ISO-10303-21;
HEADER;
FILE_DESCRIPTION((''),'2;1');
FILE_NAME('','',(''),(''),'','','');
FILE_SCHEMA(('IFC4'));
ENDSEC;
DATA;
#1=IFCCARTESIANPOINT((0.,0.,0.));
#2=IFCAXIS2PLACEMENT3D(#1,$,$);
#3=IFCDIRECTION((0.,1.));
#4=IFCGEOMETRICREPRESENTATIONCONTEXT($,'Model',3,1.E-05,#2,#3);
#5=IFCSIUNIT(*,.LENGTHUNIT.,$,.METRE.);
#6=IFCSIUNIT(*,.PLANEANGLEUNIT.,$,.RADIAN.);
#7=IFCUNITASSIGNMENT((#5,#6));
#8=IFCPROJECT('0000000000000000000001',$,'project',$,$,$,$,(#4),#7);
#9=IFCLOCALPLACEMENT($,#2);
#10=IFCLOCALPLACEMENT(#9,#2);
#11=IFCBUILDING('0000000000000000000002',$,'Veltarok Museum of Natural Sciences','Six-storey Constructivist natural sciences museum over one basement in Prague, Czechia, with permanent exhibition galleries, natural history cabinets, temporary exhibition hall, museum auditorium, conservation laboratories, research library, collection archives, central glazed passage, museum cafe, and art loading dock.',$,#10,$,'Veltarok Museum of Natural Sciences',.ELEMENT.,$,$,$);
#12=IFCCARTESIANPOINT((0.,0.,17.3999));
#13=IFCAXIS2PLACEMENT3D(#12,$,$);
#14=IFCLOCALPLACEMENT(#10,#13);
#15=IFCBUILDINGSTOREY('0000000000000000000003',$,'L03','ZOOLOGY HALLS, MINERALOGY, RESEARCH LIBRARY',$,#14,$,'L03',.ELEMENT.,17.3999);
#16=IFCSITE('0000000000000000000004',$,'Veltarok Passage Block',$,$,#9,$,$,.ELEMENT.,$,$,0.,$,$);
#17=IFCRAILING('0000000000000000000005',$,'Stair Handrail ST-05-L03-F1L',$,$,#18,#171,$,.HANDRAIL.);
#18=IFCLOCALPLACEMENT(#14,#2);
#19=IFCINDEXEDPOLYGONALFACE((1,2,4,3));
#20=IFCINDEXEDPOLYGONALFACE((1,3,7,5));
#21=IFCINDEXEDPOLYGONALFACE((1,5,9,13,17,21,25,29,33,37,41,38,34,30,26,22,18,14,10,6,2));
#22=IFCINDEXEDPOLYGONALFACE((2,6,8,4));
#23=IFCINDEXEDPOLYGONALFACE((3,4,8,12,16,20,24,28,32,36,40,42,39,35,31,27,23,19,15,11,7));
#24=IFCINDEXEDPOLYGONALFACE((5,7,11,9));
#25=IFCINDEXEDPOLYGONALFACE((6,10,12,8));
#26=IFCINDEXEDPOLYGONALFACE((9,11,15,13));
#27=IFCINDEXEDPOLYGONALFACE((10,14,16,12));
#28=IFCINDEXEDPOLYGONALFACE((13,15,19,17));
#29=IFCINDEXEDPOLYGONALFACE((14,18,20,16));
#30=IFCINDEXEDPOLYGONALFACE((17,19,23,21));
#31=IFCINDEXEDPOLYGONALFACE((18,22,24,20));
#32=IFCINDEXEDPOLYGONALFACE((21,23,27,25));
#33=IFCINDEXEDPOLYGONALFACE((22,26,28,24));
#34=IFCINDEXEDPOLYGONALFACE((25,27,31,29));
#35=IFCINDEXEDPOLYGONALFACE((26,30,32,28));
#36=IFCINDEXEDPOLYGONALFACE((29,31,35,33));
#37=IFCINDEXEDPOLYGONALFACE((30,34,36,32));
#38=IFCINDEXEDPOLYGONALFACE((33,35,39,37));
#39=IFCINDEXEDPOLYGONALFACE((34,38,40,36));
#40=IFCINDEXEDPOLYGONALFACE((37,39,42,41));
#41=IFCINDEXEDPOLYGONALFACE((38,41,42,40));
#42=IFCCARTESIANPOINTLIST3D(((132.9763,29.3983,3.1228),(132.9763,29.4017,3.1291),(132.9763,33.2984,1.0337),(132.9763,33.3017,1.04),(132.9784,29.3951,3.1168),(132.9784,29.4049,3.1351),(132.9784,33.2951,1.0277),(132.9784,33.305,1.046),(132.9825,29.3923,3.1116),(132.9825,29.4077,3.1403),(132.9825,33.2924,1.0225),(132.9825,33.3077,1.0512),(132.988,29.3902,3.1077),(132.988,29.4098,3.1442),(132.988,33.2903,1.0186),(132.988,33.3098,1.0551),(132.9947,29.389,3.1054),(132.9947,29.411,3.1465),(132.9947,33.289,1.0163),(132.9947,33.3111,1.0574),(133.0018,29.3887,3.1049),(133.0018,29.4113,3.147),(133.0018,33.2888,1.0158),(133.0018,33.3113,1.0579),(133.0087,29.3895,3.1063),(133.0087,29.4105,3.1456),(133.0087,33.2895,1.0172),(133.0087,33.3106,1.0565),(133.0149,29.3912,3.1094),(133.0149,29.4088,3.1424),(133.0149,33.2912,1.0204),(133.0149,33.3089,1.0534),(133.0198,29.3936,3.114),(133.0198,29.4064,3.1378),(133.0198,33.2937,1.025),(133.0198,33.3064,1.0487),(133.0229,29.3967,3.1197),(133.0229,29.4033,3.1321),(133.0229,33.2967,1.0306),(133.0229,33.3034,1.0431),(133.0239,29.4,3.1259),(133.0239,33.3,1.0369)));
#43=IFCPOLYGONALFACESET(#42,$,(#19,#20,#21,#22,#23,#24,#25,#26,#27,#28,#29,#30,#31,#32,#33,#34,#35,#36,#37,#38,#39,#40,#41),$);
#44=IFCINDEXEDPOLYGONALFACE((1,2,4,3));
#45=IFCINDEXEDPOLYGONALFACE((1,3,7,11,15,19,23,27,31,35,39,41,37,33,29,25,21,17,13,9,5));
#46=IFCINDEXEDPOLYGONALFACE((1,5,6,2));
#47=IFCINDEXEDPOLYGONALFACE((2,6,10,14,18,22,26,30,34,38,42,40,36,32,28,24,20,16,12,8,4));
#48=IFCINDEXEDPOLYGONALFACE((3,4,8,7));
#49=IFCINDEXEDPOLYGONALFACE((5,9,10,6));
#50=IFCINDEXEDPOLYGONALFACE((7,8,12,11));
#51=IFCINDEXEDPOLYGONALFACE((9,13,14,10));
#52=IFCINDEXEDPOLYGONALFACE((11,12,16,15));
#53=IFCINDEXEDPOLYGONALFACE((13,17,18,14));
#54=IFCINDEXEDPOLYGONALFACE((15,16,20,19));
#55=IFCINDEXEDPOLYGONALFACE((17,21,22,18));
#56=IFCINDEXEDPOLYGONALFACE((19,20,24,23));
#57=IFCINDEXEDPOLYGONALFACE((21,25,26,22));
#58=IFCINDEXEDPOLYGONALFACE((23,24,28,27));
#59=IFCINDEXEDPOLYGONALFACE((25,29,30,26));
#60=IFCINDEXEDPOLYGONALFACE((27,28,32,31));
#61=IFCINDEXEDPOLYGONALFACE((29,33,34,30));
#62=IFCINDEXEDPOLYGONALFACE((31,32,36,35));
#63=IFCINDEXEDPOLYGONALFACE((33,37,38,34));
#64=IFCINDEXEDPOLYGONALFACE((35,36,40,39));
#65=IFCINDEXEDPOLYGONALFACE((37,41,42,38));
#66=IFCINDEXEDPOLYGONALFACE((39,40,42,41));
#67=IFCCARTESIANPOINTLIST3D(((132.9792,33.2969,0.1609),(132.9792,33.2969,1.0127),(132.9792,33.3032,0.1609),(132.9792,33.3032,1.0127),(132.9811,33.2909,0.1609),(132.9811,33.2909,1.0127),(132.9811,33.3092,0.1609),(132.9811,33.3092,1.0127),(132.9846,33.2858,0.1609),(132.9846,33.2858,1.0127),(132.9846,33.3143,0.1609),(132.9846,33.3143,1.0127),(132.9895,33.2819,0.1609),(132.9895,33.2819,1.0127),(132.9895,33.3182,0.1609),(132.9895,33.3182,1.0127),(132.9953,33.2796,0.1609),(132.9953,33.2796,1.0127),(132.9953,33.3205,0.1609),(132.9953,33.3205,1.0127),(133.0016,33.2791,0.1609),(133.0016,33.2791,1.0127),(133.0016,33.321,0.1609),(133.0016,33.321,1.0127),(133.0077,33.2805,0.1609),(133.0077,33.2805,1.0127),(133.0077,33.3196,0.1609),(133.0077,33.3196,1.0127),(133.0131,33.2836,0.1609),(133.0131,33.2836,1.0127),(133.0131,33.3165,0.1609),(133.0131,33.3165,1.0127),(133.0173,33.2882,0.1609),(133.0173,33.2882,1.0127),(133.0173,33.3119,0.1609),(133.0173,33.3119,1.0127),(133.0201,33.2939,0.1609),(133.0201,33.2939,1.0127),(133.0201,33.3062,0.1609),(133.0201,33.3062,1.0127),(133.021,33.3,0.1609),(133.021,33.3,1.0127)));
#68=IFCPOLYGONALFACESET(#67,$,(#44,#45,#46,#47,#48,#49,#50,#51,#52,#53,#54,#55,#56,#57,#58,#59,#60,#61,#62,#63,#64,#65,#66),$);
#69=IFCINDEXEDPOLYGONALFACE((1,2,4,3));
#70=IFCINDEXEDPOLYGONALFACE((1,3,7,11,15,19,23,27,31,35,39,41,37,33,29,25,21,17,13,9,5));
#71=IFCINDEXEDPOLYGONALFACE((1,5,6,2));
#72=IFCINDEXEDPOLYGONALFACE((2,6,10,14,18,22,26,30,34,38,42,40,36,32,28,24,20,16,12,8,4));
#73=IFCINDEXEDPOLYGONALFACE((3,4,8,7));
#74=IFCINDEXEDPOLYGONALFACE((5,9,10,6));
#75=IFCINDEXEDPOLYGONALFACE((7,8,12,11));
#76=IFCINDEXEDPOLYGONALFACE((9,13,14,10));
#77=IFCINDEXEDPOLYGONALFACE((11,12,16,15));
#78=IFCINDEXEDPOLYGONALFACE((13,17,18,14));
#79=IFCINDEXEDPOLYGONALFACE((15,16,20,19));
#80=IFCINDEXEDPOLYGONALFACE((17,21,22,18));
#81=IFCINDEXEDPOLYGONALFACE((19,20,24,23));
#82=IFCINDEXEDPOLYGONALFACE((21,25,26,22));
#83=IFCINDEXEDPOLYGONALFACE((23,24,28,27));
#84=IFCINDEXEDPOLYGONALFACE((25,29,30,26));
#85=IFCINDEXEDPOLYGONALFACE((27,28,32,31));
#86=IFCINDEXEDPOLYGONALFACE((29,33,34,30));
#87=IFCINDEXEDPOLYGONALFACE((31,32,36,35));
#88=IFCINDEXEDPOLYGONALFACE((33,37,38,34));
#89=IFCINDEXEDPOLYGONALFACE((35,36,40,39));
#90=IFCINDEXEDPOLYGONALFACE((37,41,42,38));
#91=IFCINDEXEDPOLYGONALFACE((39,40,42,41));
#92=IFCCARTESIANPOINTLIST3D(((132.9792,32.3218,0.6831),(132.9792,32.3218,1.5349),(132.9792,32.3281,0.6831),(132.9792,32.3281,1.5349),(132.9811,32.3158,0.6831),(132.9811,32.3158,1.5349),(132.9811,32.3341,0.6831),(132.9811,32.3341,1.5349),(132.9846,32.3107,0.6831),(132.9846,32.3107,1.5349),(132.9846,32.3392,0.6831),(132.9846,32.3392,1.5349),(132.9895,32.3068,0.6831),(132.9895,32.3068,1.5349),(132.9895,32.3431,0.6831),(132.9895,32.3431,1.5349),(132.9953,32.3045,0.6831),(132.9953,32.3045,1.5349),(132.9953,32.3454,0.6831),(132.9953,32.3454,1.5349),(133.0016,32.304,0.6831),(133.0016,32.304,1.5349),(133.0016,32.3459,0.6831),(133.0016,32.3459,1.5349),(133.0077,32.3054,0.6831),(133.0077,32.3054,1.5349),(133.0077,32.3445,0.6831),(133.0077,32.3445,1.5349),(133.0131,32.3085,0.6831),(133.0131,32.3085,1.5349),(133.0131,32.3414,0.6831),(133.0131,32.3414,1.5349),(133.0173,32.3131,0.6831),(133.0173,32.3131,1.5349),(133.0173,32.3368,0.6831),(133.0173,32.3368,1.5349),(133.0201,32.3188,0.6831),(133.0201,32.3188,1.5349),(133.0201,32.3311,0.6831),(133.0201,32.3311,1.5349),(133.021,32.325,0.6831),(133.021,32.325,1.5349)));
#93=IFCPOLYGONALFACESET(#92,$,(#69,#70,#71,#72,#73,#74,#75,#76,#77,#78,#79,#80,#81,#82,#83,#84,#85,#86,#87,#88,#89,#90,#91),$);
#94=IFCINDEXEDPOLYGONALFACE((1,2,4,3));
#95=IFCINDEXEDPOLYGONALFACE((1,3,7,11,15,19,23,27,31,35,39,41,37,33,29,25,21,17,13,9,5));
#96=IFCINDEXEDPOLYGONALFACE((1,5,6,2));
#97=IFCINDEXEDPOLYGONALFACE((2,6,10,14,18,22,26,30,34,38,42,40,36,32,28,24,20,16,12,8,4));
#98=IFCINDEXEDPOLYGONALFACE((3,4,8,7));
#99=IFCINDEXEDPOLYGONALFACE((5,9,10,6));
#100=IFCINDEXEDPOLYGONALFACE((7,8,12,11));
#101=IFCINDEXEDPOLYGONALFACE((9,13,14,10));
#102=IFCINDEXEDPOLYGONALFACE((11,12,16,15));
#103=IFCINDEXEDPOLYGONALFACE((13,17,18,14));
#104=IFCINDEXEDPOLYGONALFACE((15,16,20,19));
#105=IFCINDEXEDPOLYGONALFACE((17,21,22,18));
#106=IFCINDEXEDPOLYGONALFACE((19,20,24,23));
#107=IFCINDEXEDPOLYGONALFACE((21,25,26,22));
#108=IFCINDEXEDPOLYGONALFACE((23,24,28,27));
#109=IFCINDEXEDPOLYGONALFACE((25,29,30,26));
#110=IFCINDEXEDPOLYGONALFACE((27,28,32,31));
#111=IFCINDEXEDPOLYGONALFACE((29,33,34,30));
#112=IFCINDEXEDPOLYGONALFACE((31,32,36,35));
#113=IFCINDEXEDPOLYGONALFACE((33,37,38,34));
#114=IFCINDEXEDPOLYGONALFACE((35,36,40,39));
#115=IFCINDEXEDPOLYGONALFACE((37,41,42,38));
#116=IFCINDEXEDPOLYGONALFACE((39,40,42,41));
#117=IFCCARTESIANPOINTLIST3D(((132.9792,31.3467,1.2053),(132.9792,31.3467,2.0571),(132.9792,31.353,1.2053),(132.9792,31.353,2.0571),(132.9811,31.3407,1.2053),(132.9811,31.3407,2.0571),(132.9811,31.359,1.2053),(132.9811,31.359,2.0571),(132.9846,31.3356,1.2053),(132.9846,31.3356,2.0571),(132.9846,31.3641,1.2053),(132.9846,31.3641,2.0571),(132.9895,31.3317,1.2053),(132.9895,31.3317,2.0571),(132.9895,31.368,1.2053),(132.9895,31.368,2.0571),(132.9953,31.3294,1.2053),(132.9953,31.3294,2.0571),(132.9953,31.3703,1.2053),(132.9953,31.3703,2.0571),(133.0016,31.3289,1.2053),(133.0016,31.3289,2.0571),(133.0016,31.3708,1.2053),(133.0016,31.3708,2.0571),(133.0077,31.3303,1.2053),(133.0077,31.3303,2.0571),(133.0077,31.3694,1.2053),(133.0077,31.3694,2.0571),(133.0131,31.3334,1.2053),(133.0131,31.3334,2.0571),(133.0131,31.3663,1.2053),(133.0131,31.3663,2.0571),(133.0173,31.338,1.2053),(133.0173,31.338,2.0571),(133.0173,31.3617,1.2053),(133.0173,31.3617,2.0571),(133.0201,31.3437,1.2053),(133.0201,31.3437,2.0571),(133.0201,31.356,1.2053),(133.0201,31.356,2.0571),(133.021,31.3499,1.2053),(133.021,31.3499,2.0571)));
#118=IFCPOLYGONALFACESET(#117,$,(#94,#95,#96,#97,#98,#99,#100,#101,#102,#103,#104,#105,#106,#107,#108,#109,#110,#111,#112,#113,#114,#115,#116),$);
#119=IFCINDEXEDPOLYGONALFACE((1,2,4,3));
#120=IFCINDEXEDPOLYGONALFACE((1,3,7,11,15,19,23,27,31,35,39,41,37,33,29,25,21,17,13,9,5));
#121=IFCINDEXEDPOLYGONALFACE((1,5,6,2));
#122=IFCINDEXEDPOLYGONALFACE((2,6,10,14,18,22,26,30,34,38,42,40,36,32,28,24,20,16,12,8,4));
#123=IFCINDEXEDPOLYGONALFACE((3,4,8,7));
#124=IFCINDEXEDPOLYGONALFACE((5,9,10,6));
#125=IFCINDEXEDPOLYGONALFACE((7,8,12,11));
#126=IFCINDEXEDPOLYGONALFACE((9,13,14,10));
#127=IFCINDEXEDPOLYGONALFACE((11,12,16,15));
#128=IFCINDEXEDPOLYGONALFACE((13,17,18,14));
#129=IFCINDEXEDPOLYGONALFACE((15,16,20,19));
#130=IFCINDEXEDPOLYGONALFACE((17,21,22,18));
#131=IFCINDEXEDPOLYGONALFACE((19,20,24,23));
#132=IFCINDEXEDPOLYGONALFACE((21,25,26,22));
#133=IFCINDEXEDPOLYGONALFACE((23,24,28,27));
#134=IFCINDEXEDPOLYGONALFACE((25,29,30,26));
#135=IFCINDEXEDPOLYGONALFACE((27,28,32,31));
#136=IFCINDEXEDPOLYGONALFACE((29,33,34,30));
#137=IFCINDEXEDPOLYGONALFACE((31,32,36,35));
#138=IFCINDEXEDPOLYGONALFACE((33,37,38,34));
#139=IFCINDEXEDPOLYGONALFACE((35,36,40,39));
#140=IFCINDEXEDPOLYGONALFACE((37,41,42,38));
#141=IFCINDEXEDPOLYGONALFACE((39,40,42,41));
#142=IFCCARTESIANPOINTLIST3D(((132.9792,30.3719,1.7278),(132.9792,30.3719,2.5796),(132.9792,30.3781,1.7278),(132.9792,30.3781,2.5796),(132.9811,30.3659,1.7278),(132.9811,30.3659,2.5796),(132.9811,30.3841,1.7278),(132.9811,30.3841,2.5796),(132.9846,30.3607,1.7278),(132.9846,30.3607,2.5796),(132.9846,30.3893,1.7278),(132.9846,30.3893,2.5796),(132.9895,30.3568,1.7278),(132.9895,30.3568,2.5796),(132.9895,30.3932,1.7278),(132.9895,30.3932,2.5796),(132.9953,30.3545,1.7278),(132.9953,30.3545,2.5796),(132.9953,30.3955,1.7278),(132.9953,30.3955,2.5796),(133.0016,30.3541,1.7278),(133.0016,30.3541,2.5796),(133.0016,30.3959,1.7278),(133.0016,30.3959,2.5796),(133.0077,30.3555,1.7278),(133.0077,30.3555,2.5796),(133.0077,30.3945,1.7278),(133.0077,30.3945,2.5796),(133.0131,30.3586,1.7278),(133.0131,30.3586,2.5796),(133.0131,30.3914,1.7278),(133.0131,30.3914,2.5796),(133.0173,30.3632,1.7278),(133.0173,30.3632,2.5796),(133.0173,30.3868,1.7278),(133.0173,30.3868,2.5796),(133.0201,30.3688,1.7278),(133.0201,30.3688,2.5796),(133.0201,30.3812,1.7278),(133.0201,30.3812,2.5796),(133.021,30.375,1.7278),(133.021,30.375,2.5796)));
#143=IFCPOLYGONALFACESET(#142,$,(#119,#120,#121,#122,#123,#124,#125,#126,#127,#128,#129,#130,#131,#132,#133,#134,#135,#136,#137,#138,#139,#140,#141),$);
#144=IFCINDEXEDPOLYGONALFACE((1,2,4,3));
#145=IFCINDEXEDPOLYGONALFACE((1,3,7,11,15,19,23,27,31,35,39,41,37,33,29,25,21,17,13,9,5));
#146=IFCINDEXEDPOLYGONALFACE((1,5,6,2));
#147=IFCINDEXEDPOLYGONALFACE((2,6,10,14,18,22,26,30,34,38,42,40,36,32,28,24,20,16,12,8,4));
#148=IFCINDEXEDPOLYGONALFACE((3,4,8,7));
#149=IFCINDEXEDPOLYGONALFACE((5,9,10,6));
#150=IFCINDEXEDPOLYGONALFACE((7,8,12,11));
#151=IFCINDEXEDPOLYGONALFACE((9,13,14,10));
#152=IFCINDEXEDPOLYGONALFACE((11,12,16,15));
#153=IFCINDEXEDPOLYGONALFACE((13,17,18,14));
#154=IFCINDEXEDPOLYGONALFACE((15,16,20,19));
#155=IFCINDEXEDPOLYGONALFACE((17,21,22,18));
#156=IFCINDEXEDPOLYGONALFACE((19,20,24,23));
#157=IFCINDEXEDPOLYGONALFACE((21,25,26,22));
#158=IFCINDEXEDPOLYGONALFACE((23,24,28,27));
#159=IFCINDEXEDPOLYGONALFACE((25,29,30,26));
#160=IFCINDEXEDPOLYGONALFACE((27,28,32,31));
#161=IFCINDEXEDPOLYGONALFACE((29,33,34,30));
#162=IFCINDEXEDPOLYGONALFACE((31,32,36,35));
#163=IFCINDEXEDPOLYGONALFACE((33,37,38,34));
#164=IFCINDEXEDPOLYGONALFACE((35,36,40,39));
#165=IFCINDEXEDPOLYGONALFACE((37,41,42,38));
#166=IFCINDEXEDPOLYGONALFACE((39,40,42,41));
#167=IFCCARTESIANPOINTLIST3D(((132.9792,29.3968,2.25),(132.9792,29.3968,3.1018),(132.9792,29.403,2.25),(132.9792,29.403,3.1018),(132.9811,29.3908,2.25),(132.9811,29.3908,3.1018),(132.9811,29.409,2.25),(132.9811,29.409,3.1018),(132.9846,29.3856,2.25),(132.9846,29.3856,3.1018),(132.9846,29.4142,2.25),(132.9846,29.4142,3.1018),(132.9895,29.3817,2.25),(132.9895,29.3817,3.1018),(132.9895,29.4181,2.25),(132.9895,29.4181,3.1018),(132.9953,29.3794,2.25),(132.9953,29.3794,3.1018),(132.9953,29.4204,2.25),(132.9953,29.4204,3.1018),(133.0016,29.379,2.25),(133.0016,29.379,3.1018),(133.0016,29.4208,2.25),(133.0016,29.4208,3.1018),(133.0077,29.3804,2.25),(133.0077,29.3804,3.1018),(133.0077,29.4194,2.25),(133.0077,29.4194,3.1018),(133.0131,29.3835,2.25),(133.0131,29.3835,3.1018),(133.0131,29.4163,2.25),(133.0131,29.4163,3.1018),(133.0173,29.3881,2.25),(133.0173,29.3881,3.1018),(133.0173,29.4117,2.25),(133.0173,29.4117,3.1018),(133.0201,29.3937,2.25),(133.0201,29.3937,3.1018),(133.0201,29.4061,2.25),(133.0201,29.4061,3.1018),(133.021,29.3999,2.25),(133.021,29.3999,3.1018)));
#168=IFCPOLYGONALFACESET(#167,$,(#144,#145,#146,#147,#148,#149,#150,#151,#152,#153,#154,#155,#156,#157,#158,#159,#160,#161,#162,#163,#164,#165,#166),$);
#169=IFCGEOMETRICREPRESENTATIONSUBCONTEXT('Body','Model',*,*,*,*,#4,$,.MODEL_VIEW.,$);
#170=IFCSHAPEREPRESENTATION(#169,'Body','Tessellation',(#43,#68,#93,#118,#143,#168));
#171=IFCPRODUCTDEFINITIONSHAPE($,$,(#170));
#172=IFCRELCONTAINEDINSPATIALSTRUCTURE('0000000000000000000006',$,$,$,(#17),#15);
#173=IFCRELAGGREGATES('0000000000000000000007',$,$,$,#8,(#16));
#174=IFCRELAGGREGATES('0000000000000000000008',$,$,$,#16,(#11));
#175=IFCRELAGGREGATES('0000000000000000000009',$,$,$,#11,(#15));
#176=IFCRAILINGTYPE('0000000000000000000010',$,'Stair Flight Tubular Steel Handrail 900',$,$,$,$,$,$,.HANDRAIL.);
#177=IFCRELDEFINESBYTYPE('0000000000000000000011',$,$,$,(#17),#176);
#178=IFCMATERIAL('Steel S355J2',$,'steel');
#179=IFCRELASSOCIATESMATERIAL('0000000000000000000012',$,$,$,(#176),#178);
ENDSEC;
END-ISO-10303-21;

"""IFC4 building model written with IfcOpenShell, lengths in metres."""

from ifc_helpers import new_model, si_unit, direction, frame, origin, origin_2d, place, context, subcontext, project, spatial, circle, extrude, material, type_object, element, save


model = new_model("IFC4")

# Units and contexts
model_context = context("Model", 3, precision=1e-05, world=origin(), true_north=direction((0.0, 1.0)))
body_context = subcontext(model_context, "Body", "Model", "MODEL_VIEW")
ifc_project = project(units=[si_unit("LENGTHUNIT", "METRE"), si_unit("PLANEANGLEUNIT", "RADIAN")], contexts=[model_context])

# Site, building, storey
site_placement = place(None, origin())
site = spatial("IfcSite", under=ifc_project, at=site_placement, Name="Veltarok Passage Block", CompositionType="ELEMENT", RefElevation=0.0)
building_placement = place(site_placement, origin())
building = spatial("IfcBuilding", under=site, at=building_placement, Name="Veltarok Museum of Natural Sciences", Description="Six-storey Constructivist natural sciences museum over one basement in Prague, Czechia, with permanent exhibition galleries, natural history cabinets, temporary exhibition hall, museum auditorium, conservation laboratories, research library, collection archives, central glazed passage, museum cafe, and art loading dock.", LongName="Veltarok Museum of Natural Sciences", CompositionType="ELEMENT")
storey_placement = place(building_placement, frame((0.0, 0.0, 17.3999)))
storey = spatial("IfcBuildingStorey", under=building, at=storey_placement, Name="L03", Description="ZOOLOGY HALLS, MINERALOGY, RESEARCH LIBRARY", LongName="L03", CompositionType="ELEMENT", Elevation=17.3999)

# Shared definitions
ifc_material_1 = material(Name="Steel S355J2", Category="steel")

# Railing
railing_type_1 = type_object("IfcRailingType", Name="Stair Flight Tubular Steel Handrail 900", PredefinedType="HANDRAIL", material=ifc_material_1)
for number, where, name in (
    (1, (133.0, 33.3, 0.1609), "Stair Handrail ST-05-L03-F1L"),
):
    element("IfcRailing", number, at=place(storey_placement, frame(where)), inside=storey, type_object=railing_type_1, Name=name, PredefinedType="HANDRAIL", context=body_context, shape_type="SweptSolid", body=[
        extrude(circle(Radius=0.0239, at=origin_2d()), frame((0.0, 0.0, 0.876), z_axis=(0.0, -0.881504, 0.472177), x_axis=(1.0, 0.0, 0.0)), (0.0, 0.0, 1.0), 4.4243),
        extrude(circle(Radius=0.021, at=origin_2d()), origin(), (0.0, 0.0, 1.0), 0.8518),
        extrude(circle(Radius=0.021, at=origin_2d()), frame((0.0, -0.9751, 0.5222)), (0.0, 0.0, 1.0), 0.8518),
        extrude(circle(Radius=0.021, at=origin_2d()), frame((0.0, -1.9502, 1.0444)), (0.0, 0.0, 1.0), 0.8518),
        extrude(circle(Radius=0.021, at=origin_2d()), frame((0.0, -2.925, 1.5669)), (0.0, 0.0, 1.0), 0.8518),
        extrude(circle(Radius=0.021, at=origin_2d()), frame((0.0, -3.9001, 2.0891)), (0.0, 0.0, 1.0), 0.8518),
    ])

save(model, "model.ifc")
